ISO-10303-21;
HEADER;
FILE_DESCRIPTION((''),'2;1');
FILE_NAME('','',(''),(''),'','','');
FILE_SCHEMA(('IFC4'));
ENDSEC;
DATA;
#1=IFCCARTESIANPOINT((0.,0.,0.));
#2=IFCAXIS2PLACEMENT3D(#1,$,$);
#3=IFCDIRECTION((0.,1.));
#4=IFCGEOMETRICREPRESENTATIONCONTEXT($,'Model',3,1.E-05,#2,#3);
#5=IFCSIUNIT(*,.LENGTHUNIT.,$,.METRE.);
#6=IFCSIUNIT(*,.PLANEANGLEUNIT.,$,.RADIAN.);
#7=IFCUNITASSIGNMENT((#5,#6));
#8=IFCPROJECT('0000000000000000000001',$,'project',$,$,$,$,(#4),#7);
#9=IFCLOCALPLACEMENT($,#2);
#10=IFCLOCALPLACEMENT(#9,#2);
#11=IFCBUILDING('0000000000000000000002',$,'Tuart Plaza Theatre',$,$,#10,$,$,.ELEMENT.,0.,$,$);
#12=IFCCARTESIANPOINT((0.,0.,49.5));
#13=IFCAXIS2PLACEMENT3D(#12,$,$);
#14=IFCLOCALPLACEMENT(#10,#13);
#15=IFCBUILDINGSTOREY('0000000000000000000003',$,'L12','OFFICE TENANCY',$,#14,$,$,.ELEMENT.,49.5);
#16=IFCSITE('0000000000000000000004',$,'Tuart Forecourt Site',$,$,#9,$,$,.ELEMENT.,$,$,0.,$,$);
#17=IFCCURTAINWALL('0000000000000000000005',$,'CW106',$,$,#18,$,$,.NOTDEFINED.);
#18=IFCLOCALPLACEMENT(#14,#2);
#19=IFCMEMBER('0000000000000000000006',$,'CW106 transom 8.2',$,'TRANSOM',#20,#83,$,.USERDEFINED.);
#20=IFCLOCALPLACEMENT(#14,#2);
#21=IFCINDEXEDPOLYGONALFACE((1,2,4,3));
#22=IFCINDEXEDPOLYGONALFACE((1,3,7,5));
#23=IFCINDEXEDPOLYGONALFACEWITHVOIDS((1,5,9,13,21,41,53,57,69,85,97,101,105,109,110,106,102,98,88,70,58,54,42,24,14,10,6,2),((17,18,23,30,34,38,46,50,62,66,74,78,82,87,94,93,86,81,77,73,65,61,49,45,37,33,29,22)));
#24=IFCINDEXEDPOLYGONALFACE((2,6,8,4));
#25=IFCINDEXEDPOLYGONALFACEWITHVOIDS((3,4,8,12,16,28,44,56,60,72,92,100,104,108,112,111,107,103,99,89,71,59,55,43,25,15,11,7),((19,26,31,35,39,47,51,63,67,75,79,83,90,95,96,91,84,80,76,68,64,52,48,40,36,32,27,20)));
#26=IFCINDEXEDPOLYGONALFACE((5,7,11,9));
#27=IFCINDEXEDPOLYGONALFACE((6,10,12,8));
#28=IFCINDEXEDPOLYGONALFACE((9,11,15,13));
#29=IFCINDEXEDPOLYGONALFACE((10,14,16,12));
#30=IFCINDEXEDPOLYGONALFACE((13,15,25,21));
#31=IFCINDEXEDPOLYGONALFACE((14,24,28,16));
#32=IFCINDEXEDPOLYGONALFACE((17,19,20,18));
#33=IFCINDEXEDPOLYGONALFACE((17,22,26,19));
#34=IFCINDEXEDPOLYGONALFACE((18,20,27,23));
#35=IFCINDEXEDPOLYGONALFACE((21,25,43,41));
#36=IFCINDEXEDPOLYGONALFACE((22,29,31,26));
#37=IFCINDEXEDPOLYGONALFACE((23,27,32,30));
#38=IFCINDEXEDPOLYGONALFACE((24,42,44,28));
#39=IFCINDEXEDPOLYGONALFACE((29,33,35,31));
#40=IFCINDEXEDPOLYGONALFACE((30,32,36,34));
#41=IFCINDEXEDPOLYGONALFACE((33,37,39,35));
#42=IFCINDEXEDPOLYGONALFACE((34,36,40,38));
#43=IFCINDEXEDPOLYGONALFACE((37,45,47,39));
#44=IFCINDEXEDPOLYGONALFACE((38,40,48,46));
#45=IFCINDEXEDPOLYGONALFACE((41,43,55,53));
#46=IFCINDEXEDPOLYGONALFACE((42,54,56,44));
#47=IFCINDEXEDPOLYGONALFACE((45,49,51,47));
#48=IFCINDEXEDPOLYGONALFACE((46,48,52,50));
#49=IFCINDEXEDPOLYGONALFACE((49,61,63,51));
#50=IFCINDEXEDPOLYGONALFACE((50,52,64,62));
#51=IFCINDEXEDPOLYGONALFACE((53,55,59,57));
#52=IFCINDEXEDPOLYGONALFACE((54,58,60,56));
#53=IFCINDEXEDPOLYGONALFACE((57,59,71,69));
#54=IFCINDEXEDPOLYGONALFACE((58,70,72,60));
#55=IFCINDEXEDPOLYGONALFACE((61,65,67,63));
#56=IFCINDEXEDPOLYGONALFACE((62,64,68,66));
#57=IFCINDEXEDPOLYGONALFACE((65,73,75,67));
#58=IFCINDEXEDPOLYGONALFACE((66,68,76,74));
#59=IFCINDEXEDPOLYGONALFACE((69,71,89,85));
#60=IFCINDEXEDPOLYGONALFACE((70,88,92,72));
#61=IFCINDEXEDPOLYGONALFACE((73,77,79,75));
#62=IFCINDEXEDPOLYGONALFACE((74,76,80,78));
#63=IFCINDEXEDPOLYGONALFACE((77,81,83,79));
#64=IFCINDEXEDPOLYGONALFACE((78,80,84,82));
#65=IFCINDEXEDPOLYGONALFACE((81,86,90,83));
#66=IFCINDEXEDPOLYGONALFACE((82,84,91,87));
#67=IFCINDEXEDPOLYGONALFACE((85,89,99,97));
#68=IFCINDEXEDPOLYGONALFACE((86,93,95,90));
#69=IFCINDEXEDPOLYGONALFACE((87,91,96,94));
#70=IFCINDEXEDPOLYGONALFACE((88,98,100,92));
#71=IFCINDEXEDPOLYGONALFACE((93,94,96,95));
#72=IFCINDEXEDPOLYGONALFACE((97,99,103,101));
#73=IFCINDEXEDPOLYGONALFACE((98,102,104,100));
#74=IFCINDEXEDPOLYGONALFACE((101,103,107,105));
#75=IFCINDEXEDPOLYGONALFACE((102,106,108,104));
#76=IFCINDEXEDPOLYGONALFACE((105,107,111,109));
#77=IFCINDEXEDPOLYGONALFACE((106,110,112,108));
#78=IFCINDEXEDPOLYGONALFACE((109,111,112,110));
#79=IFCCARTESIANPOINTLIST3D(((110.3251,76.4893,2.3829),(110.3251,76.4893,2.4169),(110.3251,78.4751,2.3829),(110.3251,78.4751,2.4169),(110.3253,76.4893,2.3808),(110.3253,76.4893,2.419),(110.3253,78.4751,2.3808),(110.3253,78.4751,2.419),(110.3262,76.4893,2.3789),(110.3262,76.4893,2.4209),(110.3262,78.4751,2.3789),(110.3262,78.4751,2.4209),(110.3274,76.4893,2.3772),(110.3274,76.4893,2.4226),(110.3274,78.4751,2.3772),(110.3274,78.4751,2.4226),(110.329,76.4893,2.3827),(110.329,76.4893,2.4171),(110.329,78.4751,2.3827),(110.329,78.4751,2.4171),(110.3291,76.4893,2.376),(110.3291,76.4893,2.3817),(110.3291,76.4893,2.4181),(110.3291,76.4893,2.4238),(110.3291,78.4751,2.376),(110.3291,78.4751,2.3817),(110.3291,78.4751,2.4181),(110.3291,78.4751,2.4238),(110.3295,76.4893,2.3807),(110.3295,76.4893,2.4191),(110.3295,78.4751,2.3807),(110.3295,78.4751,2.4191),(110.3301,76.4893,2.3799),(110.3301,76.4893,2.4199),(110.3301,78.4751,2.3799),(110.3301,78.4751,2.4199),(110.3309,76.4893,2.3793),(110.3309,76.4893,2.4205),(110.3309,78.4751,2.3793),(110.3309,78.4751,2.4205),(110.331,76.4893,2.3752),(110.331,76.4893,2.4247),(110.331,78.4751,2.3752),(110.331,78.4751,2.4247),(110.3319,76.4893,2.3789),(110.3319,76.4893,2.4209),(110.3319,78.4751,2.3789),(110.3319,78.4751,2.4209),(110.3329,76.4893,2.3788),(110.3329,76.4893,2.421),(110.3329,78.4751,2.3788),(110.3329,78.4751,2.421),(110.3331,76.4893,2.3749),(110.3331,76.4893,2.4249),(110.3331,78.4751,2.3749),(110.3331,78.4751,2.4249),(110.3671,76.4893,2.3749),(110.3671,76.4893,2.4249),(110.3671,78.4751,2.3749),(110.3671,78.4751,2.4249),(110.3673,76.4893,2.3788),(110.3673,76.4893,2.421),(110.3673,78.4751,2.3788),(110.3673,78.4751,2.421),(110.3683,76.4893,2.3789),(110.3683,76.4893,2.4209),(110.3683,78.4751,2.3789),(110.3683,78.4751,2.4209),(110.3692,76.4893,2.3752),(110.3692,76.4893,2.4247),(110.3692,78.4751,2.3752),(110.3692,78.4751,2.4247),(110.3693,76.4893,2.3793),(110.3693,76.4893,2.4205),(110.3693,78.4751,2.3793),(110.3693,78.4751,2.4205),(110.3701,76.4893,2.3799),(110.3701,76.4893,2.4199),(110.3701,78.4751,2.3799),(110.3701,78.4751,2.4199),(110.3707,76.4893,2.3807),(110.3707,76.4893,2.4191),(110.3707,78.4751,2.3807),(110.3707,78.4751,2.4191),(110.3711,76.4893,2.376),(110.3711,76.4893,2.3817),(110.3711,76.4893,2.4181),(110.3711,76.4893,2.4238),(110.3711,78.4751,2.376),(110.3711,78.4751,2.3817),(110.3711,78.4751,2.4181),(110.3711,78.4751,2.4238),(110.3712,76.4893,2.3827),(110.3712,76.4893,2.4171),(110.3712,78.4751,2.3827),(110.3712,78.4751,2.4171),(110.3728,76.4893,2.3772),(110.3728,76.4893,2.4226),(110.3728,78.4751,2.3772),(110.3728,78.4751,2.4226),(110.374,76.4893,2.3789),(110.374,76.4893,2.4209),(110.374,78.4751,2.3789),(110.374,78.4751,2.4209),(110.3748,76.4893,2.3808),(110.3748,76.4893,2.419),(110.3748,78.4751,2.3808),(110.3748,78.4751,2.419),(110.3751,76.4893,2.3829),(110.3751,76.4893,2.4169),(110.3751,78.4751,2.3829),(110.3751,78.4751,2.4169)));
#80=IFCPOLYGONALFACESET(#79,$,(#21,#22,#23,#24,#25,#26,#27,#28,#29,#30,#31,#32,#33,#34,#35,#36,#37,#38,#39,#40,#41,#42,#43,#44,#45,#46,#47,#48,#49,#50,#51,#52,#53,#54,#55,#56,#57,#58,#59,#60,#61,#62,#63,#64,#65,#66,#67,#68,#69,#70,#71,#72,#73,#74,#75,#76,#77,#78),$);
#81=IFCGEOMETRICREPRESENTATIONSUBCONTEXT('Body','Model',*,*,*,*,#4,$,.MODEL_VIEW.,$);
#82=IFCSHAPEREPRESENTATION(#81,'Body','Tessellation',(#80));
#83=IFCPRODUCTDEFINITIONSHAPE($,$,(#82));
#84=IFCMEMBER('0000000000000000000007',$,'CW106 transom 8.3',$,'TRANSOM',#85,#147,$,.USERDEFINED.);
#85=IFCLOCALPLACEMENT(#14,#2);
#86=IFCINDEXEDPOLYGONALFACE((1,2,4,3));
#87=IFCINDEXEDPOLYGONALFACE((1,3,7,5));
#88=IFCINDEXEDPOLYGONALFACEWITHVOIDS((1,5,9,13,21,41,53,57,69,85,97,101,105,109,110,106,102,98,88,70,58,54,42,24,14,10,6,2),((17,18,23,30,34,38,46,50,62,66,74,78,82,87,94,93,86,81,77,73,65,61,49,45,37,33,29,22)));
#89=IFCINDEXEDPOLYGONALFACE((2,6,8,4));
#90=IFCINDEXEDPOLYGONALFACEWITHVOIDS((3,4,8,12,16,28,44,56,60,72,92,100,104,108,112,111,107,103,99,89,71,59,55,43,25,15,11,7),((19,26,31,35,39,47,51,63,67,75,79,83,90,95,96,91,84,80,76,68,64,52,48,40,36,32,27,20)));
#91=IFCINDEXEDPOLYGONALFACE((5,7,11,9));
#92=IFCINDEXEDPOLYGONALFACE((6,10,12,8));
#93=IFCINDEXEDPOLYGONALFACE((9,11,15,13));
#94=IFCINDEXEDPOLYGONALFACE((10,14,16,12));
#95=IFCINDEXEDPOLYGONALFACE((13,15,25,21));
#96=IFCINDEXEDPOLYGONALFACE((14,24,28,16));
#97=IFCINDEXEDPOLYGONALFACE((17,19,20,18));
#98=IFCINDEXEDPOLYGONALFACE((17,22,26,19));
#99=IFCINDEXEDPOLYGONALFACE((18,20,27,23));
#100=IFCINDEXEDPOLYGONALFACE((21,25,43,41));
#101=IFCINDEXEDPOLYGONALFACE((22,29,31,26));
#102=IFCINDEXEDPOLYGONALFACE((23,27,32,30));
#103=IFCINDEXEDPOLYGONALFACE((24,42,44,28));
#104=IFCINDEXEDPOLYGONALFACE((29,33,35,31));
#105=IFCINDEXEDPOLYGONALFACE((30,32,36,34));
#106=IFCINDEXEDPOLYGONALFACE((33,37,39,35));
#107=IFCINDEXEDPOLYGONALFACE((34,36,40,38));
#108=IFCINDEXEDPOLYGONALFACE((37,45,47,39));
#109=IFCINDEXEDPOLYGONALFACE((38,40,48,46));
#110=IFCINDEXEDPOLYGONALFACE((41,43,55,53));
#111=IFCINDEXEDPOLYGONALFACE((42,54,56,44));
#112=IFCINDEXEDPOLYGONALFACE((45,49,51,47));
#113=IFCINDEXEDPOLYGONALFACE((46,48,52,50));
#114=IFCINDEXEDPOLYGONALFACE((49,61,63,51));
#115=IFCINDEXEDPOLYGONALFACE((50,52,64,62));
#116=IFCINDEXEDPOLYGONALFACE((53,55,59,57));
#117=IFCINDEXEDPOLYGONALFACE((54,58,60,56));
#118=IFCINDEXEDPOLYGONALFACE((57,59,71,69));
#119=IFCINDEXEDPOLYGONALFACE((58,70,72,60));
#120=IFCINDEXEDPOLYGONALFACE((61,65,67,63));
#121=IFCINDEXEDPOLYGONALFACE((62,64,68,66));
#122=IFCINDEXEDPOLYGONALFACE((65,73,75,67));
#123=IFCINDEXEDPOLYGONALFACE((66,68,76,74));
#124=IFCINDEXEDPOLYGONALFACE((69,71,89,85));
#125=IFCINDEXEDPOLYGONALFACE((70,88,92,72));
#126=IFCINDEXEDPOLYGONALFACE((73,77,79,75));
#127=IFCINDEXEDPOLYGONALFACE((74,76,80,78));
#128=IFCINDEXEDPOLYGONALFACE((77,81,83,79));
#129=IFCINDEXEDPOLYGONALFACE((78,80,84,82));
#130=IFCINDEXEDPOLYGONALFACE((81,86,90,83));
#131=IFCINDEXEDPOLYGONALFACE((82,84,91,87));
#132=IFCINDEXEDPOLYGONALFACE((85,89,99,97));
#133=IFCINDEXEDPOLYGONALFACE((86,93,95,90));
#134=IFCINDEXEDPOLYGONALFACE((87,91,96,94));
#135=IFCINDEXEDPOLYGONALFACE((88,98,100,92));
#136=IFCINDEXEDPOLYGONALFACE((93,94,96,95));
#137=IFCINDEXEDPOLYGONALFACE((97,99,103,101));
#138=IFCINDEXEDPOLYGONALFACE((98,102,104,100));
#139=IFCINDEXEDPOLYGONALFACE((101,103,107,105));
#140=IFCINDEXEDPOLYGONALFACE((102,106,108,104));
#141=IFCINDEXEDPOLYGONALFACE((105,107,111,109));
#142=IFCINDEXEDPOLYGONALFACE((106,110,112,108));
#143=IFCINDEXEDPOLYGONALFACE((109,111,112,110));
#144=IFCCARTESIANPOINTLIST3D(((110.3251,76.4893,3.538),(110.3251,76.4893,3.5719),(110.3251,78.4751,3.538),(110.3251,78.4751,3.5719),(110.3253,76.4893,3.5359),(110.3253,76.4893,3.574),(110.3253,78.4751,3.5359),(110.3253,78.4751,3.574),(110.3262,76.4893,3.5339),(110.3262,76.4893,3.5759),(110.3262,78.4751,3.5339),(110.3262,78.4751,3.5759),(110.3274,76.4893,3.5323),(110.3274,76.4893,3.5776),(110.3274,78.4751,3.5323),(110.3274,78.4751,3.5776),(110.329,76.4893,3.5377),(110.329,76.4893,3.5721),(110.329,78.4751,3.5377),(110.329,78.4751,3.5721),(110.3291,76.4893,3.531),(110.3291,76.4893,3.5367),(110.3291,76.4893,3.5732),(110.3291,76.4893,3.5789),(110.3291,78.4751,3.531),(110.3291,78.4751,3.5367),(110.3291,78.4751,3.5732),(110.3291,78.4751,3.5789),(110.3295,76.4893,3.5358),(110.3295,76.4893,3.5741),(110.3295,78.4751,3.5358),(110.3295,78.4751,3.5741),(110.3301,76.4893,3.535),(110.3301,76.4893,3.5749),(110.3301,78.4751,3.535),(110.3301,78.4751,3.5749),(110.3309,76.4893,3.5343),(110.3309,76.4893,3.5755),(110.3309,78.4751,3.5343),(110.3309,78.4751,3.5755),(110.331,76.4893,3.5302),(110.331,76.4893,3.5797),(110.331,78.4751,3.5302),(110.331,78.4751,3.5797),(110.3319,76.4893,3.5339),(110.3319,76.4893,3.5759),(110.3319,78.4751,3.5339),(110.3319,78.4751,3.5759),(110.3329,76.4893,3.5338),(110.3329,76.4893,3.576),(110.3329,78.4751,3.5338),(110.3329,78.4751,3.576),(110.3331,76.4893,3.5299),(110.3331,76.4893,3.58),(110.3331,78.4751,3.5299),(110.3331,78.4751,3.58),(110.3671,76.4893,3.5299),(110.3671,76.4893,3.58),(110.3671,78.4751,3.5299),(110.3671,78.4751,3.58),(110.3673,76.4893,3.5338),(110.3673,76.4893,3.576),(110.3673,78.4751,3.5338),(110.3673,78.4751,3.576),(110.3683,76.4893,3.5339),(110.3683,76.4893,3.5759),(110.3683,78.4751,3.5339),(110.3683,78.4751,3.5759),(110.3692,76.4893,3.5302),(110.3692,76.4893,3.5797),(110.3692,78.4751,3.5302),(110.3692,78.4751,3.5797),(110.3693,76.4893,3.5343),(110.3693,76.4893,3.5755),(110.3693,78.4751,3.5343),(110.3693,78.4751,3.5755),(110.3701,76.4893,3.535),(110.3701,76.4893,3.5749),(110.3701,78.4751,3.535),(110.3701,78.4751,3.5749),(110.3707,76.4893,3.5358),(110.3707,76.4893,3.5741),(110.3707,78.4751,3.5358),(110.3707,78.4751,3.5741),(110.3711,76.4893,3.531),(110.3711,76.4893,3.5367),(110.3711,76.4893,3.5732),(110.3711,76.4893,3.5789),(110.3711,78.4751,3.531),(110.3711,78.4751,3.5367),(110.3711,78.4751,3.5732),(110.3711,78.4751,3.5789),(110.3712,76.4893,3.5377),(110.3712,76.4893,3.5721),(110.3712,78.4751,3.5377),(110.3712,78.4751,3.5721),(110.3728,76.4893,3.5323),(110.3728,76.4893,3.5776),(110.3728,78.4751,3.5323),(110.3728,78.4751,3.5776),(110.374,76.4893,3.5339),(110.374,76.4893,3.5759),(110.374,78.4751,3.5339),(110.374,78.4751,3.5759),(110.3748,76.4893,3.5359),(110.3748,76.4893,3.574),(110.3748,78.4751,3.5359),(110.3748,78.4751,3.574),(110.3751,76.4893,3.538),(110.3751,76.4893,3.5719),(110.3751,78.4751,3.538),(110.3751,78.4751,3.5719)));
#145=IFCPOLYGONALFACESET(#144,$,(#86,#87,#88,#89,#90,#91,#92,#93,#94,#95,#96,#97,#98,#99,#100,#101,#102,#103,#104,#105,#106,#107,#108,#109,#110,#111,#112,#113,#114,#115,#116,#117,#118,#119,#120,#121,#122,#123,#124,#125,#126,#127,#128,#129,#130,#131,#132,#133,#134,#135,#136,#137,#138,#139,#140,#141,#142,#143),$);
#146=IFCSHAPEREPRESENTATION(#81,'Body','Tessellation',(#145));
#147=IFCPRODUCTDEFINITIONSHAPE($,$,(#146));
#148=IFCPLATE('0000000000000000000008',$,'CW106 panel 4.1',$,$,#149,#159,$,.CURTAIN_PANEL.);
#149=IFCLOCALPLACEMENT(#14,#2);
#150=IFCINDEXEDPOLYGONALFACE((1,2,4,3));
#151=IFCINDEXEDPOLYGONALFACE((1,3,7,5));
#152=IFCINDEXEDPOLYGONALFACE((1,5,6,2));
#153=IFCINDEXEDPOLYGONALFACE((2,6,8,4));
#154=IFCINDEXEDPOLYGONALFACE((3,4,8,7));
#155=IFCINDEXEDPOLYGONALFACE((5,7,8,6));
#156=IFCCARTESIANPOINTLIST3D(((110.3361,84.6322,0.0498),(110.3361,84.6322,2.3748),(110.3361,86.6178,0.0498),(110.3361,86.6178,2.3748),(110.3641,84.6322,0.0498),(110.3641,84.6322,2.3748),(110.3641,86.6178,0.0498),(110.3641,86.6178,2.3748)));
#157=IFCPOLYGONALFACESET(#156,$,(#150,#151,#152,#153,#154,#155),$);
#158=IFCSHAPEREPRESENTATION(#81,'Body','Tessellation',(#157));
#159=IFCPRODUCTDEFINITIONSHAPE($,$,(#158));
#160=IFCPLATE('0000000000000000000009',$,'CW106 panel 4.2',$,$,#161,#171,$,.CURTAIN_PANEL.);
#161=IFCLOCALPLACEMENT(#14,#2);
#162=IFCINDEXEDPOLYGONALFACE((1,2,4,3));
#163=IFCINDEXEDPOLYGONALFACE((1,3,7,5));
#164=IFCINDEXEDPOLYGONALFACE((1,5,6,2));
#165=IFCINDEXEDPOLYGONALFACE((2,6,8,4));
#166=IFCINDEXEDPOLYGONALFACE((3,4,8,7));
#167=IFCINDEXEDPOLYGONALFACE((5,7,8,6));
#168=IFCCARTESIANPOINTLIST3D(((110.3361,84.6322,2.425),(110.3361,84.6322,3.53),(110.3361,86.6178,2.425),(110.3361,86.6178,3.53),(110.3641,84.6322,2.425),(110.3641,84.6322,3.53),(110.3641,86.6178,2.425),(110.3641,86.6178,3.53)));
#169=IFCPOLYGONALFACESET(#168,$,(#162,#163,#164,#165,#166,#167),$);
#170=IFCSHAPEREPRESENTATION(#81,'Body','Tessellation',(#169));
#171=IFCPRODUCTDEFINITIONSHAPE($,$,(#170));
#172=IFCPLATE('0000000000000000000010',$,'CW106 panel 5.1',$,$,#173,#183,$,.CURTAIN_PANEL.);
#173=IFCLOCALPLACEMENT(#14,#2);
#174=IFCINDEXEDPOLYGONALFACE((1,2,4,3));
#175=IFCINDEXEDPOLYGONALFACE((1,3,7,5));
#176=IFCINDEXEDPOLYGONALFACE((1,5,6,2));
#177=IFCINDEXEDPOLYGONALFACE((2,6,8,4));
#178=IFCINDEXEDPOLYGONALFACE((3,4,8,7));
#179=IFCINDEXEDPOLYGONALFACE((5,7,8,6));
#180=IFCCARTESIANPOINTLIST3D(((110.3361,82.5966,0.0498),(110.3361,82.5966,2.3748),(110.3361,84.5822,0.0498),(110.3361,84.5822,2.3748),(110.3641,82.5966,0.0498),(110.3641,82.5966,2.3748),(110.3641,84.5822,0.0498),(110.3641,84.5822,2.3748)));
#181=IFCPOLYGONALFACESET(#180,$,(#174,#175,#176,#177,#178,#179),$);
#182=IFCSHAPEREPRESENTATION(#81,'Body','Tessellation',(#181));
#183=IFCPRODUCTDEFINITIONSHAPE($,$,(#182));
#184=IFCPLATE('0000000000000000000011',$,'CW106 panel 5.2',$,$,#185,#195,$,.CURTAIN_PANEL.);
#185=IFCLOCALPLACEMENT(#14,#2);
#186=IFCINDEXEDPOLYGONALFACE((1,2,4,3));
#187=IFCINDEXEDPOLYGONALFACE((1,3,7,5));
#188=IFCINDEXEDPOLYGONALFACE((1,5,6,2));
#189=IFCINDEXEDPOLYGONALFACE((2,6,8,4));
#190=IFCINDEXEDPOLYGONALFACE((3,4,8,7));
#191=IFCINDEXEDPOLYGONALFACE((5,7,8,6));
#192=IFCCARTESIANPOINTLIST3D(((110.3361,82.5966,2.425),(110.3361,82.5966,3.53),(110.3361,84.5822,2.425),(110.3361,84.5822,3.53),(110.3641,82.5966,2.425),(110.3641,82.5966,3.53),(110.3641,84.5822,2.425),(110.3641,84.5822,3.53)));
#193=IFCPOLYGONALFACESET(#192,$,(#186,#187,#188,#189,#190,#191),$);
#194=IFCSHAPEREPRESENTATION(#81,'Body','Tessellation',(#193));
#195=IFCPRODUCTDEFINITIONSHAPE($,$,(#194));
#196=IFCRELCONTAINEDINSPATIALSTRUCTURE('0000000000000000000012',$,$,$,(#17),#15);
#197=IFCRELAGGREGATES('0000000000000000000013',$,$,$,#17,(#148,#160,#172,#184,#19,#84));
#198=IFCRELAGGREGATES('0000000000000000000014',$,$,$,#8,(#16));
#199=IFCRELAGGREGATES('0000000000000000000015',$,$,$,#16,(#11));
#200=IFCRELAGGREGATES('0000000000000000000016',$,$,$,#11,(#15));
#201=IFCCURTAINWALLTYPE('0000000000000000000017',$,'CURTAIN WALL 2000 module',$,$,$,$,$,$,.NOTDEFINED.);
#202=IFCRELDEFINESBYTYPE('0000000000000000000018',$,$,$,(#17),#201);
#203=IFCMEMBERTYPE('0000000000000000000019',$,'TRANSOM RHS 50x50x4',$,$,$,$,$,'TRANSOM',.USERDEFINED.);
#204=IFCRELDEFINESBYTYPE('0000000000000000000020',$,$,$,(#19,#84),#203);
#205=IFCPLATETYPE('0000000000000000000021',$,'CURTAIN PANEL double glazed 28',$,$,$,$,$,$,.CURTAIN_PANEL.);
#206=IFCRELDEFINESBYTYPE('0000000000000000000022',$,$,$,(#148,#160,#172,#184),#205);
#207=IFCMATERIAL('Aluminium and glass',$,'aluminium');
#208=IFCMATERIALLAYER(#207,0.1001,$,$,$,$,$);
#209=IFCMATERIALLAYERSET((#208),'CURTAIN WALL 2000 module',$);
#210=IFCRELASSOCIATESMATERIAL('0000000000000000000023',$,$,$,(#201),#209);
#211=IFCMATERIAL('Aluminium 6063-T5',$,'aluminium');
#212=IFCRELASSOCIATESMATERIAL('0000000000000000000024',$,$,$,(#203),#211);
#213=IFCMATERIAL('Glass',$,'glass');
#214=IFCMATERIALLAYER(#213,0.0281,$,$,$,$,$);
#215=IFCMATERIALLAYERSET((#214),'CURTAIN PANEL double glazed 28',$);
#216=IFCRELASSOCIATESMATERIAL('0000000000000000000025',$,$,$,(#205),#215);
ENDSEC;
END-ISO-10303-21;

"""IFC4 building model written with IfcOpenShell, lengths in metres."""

from ifc_helpers import new_model, si_unit, direction, frame, origin, origin_2d, place, context, subcontext, project, spatial, rectangle, hollow_rectangle, extrude, material, layer, layer_set, material_profile, profile_set, type_object, element, aggregate, save


model = new_model("IFC4")

# Units and contexts
model_context = context("Model", 3, precision=1e-05, world=origin(), true_north=direction((0.0, 1.0)))
body_context = subcontext(model_context, "Body", "Model", "MODEL_VIEW")
ifc_project = project(units=[si_unit("LENGTHUNIT", "METRE"), si_unit("PLANEANGLEUNIT", "RADIAN")], contexts=[model_context])

# Site, building, storey
site_placement = place(None, origin())
site = spatial("IfcSite", under=ifc_project, at=site_placement, Name="Tuart Forecourt Site", CompositionType="ELEMENT", RefElevation=0.0)
building_placement = place(site_placement, origin())
building = spatial("IfcBuilding", under=site, at=building_placement, Name="Tuart Plaza Theatre", CompositionType="ELEMENT", ElevationOfRefHeight=0.0)
storey_placement = place(building_placement, frame((0.0, 0.0, 49.5)))
storey = spatial("IfcBuildingStorey", under=building, at=storey_placement, Name="L12", Description="OFFICE TENANCY", CompositionType="ELEMENT", Elevation=49.5)

# Curtain wall, members, plates
ifc_material_1 = material(Name="Aluminium and glass", Category="aluminium")
ifc_layer_1 = layer(ifc_material_1, 0.1001)
ifc_layer_set_1 = layer_set([ifc_layer_1], Name="CURTAIN WALL 2000 module")
curtain_wall_type = type_object("IfcCurtainWallType", Name="CURTAIN WALL 2000 module", PredefinedType="NOTDEFINED", material=ifc_layer_set_1)
curtain_wall_placement = place(storey_placement, origin())
curtain_wall = element("IfcCurtainWall", 1, at=curtain_wall_placement, inside=storey, type_object=curtain_wall_type, Name="CW106", PredefinedType="NOTDEFINED")
ifc_material_2 = material(Name="Aluminium 6063-T5", Category="aluminium")
ifc_material_profile = material_profile(ifc_material_2, hollow_rectangle(XDim=0.05, YDim=0.05, WallThickness=0.0039, InnerFilletRadius=0.0039, OuterFilletRadius=0.0081, at=origin_2d()), Name="RHS 50x50x4")
ifc_profile_set = profile_set([ifc_material_profile], Name="Aluminium 6063-T5")
member_type = type_object("IfcMemberType", Name="TRANSOM RHS 50x50x4", ElementType="TRANSOM", PredefinedType="USERDEFINED", material=ifc_profile_set)
member_1_placement = place(storey_placement, frame((110.3501, 78.4751, 2.3999), z_axis=(0.0, -1.0, 0.0), x_axis=(1.0, 0.0, 0.0)))
member_1 = element("IfcMember", 2, at=member_1_placement, type_object=member_type, Name="CW106 transom 8.2", ObjectType="TRANSOM", PredefinedType="USERDEFINED", context=body_context, shape_type="SweptSolid", body=[
    extrude(hollow_rectangle(XDim=0.05, YDim=0.05, WallThickness=0.0039, InnerFilletRadius=0.0039, OuterFilletRadius=0.0081, at=origin_2d()), origin(), (0.0, 0.0, 1.0), 1.9858),
])
member_2_placement = place(storey_placement, frame((110.3501, 78.4751, 3.5549), z_axis=(0.0, -1.0, 0.0), x_axis=(1.0, 0.0, 0.0)))
member_2 = element("IfcMember", 3, at=member_2_placement, type_object=member_type, Name="CW106 transom 8.3", ObjectType="TRANSOM", PredefinedType="USERDEFINED", context=body_context, shape_type="SweptSolid", body=[
    extrude(hollow_rectangle(XDim=0.05, YDim=0.05, WallThickness=0.0039, InnerFilletRadius=0.0039, OuterFilletRadius=0.0081, at=origin_2d()), origin(), (0.0, 0.0, 1.0), 1.9858),
])
ifc_material_3 = material(Name="Glass", Category="glass")
ifc_layer_2 = layer(ifc_material_3, 0.0281)
ifc_layer_set_2 = layer_set([ifc_layer_2], Name="CURTAIN PANEL double glazed 28")
plate_type = type_object("IfcPlateType", Name="CURTAIN PANEL double glazed 28", PredefinedType="CURTAIN_PANEL", material=ifc_layer_set_2)
plate_1_placement = place(storey_placement, frame((110.3501, 85.625, 0.0498), z_axis=(0.0, 0.0, 1.0), x_axis=(0.0, -1.0, 0.0)))
plate_1 = element("IfcPlate", 4, at=plate_1_placement, type_object=plate_type, Name="CW106 panel 4.1", PredefinedType="CURTAIN_PANEL", context=body_context, shape_type="SweptSolid", body=[
    extrude(rectangle(XDim=1.9856, YDim=0.0281, at=origin_2d()), origin(), (0.0, 0.0, 1.0), 2.325),
])
plate_2_placement = place(storey_placement, frame((110.3501, 85.625, 2.425), z_axis=(0.0, 0.0, 1.0), x_axis=(0.0, -1.0, 0.0)))
plate_2 = element("IfcPlate", 5, at=plate_2_placement, type_object=plate_type, Name="CW106 panel 4.2", PredefinedType="CURTAIN_PANEL", context=body_context, shape_type="SweptSolid", body=[
    extrude(rectangle(XDim=1.9856, YDim=0.0281, at=origin_2d()), origin(), (0.0, 0.0, 1.0), 1.105),
])
plate_3_placement = place(storey_placement, frame((110.3501, 83.5894, 0.0498), z_axis=(0.0, 0.0, 1.0), x_axis=(0.0, -1.0, 0.0)))
plate_3 = element("IfcPlate", 6, at=plate_3_placement, type_object=plate_type, Name="CW106 panel 5.1", PredefinedType="CURTAIN_PANEL", context=body_context, shape_type="SweptSolid", body=[
    extrude(rectangle(XDim=1.9856, YDim=0.0281, at=origin_2d()), origin(), (0.0, 0.0, 1.0), 2.325),
])
plate_4_placement = place(storey_placement, frame((110.3501, 83.5894, 2.425), z_axis=(0.0, 0.0, 1.0), x_axis=(0.0, -1.0, 0.0)))
plate_4 = element("IfcPlate", 7, at=plate_4_placement, type_object=plate_type, Name="CW106 panel 5.2", PredefinedType="CURTAIN_PANEL", context=body_context, shape_type="SweptSolid", body=[
    extrude(rectangle(XDim=1.9856, YDim=0.0281, at=origin_2d()), origin(), (0.0, 0.0, 1.0), 1.105),
])
aggregate(curtain_wall, [plate_1, plate_2, plate_3, plate_4, member_1, member_2])

save(model, "model.ifc")
